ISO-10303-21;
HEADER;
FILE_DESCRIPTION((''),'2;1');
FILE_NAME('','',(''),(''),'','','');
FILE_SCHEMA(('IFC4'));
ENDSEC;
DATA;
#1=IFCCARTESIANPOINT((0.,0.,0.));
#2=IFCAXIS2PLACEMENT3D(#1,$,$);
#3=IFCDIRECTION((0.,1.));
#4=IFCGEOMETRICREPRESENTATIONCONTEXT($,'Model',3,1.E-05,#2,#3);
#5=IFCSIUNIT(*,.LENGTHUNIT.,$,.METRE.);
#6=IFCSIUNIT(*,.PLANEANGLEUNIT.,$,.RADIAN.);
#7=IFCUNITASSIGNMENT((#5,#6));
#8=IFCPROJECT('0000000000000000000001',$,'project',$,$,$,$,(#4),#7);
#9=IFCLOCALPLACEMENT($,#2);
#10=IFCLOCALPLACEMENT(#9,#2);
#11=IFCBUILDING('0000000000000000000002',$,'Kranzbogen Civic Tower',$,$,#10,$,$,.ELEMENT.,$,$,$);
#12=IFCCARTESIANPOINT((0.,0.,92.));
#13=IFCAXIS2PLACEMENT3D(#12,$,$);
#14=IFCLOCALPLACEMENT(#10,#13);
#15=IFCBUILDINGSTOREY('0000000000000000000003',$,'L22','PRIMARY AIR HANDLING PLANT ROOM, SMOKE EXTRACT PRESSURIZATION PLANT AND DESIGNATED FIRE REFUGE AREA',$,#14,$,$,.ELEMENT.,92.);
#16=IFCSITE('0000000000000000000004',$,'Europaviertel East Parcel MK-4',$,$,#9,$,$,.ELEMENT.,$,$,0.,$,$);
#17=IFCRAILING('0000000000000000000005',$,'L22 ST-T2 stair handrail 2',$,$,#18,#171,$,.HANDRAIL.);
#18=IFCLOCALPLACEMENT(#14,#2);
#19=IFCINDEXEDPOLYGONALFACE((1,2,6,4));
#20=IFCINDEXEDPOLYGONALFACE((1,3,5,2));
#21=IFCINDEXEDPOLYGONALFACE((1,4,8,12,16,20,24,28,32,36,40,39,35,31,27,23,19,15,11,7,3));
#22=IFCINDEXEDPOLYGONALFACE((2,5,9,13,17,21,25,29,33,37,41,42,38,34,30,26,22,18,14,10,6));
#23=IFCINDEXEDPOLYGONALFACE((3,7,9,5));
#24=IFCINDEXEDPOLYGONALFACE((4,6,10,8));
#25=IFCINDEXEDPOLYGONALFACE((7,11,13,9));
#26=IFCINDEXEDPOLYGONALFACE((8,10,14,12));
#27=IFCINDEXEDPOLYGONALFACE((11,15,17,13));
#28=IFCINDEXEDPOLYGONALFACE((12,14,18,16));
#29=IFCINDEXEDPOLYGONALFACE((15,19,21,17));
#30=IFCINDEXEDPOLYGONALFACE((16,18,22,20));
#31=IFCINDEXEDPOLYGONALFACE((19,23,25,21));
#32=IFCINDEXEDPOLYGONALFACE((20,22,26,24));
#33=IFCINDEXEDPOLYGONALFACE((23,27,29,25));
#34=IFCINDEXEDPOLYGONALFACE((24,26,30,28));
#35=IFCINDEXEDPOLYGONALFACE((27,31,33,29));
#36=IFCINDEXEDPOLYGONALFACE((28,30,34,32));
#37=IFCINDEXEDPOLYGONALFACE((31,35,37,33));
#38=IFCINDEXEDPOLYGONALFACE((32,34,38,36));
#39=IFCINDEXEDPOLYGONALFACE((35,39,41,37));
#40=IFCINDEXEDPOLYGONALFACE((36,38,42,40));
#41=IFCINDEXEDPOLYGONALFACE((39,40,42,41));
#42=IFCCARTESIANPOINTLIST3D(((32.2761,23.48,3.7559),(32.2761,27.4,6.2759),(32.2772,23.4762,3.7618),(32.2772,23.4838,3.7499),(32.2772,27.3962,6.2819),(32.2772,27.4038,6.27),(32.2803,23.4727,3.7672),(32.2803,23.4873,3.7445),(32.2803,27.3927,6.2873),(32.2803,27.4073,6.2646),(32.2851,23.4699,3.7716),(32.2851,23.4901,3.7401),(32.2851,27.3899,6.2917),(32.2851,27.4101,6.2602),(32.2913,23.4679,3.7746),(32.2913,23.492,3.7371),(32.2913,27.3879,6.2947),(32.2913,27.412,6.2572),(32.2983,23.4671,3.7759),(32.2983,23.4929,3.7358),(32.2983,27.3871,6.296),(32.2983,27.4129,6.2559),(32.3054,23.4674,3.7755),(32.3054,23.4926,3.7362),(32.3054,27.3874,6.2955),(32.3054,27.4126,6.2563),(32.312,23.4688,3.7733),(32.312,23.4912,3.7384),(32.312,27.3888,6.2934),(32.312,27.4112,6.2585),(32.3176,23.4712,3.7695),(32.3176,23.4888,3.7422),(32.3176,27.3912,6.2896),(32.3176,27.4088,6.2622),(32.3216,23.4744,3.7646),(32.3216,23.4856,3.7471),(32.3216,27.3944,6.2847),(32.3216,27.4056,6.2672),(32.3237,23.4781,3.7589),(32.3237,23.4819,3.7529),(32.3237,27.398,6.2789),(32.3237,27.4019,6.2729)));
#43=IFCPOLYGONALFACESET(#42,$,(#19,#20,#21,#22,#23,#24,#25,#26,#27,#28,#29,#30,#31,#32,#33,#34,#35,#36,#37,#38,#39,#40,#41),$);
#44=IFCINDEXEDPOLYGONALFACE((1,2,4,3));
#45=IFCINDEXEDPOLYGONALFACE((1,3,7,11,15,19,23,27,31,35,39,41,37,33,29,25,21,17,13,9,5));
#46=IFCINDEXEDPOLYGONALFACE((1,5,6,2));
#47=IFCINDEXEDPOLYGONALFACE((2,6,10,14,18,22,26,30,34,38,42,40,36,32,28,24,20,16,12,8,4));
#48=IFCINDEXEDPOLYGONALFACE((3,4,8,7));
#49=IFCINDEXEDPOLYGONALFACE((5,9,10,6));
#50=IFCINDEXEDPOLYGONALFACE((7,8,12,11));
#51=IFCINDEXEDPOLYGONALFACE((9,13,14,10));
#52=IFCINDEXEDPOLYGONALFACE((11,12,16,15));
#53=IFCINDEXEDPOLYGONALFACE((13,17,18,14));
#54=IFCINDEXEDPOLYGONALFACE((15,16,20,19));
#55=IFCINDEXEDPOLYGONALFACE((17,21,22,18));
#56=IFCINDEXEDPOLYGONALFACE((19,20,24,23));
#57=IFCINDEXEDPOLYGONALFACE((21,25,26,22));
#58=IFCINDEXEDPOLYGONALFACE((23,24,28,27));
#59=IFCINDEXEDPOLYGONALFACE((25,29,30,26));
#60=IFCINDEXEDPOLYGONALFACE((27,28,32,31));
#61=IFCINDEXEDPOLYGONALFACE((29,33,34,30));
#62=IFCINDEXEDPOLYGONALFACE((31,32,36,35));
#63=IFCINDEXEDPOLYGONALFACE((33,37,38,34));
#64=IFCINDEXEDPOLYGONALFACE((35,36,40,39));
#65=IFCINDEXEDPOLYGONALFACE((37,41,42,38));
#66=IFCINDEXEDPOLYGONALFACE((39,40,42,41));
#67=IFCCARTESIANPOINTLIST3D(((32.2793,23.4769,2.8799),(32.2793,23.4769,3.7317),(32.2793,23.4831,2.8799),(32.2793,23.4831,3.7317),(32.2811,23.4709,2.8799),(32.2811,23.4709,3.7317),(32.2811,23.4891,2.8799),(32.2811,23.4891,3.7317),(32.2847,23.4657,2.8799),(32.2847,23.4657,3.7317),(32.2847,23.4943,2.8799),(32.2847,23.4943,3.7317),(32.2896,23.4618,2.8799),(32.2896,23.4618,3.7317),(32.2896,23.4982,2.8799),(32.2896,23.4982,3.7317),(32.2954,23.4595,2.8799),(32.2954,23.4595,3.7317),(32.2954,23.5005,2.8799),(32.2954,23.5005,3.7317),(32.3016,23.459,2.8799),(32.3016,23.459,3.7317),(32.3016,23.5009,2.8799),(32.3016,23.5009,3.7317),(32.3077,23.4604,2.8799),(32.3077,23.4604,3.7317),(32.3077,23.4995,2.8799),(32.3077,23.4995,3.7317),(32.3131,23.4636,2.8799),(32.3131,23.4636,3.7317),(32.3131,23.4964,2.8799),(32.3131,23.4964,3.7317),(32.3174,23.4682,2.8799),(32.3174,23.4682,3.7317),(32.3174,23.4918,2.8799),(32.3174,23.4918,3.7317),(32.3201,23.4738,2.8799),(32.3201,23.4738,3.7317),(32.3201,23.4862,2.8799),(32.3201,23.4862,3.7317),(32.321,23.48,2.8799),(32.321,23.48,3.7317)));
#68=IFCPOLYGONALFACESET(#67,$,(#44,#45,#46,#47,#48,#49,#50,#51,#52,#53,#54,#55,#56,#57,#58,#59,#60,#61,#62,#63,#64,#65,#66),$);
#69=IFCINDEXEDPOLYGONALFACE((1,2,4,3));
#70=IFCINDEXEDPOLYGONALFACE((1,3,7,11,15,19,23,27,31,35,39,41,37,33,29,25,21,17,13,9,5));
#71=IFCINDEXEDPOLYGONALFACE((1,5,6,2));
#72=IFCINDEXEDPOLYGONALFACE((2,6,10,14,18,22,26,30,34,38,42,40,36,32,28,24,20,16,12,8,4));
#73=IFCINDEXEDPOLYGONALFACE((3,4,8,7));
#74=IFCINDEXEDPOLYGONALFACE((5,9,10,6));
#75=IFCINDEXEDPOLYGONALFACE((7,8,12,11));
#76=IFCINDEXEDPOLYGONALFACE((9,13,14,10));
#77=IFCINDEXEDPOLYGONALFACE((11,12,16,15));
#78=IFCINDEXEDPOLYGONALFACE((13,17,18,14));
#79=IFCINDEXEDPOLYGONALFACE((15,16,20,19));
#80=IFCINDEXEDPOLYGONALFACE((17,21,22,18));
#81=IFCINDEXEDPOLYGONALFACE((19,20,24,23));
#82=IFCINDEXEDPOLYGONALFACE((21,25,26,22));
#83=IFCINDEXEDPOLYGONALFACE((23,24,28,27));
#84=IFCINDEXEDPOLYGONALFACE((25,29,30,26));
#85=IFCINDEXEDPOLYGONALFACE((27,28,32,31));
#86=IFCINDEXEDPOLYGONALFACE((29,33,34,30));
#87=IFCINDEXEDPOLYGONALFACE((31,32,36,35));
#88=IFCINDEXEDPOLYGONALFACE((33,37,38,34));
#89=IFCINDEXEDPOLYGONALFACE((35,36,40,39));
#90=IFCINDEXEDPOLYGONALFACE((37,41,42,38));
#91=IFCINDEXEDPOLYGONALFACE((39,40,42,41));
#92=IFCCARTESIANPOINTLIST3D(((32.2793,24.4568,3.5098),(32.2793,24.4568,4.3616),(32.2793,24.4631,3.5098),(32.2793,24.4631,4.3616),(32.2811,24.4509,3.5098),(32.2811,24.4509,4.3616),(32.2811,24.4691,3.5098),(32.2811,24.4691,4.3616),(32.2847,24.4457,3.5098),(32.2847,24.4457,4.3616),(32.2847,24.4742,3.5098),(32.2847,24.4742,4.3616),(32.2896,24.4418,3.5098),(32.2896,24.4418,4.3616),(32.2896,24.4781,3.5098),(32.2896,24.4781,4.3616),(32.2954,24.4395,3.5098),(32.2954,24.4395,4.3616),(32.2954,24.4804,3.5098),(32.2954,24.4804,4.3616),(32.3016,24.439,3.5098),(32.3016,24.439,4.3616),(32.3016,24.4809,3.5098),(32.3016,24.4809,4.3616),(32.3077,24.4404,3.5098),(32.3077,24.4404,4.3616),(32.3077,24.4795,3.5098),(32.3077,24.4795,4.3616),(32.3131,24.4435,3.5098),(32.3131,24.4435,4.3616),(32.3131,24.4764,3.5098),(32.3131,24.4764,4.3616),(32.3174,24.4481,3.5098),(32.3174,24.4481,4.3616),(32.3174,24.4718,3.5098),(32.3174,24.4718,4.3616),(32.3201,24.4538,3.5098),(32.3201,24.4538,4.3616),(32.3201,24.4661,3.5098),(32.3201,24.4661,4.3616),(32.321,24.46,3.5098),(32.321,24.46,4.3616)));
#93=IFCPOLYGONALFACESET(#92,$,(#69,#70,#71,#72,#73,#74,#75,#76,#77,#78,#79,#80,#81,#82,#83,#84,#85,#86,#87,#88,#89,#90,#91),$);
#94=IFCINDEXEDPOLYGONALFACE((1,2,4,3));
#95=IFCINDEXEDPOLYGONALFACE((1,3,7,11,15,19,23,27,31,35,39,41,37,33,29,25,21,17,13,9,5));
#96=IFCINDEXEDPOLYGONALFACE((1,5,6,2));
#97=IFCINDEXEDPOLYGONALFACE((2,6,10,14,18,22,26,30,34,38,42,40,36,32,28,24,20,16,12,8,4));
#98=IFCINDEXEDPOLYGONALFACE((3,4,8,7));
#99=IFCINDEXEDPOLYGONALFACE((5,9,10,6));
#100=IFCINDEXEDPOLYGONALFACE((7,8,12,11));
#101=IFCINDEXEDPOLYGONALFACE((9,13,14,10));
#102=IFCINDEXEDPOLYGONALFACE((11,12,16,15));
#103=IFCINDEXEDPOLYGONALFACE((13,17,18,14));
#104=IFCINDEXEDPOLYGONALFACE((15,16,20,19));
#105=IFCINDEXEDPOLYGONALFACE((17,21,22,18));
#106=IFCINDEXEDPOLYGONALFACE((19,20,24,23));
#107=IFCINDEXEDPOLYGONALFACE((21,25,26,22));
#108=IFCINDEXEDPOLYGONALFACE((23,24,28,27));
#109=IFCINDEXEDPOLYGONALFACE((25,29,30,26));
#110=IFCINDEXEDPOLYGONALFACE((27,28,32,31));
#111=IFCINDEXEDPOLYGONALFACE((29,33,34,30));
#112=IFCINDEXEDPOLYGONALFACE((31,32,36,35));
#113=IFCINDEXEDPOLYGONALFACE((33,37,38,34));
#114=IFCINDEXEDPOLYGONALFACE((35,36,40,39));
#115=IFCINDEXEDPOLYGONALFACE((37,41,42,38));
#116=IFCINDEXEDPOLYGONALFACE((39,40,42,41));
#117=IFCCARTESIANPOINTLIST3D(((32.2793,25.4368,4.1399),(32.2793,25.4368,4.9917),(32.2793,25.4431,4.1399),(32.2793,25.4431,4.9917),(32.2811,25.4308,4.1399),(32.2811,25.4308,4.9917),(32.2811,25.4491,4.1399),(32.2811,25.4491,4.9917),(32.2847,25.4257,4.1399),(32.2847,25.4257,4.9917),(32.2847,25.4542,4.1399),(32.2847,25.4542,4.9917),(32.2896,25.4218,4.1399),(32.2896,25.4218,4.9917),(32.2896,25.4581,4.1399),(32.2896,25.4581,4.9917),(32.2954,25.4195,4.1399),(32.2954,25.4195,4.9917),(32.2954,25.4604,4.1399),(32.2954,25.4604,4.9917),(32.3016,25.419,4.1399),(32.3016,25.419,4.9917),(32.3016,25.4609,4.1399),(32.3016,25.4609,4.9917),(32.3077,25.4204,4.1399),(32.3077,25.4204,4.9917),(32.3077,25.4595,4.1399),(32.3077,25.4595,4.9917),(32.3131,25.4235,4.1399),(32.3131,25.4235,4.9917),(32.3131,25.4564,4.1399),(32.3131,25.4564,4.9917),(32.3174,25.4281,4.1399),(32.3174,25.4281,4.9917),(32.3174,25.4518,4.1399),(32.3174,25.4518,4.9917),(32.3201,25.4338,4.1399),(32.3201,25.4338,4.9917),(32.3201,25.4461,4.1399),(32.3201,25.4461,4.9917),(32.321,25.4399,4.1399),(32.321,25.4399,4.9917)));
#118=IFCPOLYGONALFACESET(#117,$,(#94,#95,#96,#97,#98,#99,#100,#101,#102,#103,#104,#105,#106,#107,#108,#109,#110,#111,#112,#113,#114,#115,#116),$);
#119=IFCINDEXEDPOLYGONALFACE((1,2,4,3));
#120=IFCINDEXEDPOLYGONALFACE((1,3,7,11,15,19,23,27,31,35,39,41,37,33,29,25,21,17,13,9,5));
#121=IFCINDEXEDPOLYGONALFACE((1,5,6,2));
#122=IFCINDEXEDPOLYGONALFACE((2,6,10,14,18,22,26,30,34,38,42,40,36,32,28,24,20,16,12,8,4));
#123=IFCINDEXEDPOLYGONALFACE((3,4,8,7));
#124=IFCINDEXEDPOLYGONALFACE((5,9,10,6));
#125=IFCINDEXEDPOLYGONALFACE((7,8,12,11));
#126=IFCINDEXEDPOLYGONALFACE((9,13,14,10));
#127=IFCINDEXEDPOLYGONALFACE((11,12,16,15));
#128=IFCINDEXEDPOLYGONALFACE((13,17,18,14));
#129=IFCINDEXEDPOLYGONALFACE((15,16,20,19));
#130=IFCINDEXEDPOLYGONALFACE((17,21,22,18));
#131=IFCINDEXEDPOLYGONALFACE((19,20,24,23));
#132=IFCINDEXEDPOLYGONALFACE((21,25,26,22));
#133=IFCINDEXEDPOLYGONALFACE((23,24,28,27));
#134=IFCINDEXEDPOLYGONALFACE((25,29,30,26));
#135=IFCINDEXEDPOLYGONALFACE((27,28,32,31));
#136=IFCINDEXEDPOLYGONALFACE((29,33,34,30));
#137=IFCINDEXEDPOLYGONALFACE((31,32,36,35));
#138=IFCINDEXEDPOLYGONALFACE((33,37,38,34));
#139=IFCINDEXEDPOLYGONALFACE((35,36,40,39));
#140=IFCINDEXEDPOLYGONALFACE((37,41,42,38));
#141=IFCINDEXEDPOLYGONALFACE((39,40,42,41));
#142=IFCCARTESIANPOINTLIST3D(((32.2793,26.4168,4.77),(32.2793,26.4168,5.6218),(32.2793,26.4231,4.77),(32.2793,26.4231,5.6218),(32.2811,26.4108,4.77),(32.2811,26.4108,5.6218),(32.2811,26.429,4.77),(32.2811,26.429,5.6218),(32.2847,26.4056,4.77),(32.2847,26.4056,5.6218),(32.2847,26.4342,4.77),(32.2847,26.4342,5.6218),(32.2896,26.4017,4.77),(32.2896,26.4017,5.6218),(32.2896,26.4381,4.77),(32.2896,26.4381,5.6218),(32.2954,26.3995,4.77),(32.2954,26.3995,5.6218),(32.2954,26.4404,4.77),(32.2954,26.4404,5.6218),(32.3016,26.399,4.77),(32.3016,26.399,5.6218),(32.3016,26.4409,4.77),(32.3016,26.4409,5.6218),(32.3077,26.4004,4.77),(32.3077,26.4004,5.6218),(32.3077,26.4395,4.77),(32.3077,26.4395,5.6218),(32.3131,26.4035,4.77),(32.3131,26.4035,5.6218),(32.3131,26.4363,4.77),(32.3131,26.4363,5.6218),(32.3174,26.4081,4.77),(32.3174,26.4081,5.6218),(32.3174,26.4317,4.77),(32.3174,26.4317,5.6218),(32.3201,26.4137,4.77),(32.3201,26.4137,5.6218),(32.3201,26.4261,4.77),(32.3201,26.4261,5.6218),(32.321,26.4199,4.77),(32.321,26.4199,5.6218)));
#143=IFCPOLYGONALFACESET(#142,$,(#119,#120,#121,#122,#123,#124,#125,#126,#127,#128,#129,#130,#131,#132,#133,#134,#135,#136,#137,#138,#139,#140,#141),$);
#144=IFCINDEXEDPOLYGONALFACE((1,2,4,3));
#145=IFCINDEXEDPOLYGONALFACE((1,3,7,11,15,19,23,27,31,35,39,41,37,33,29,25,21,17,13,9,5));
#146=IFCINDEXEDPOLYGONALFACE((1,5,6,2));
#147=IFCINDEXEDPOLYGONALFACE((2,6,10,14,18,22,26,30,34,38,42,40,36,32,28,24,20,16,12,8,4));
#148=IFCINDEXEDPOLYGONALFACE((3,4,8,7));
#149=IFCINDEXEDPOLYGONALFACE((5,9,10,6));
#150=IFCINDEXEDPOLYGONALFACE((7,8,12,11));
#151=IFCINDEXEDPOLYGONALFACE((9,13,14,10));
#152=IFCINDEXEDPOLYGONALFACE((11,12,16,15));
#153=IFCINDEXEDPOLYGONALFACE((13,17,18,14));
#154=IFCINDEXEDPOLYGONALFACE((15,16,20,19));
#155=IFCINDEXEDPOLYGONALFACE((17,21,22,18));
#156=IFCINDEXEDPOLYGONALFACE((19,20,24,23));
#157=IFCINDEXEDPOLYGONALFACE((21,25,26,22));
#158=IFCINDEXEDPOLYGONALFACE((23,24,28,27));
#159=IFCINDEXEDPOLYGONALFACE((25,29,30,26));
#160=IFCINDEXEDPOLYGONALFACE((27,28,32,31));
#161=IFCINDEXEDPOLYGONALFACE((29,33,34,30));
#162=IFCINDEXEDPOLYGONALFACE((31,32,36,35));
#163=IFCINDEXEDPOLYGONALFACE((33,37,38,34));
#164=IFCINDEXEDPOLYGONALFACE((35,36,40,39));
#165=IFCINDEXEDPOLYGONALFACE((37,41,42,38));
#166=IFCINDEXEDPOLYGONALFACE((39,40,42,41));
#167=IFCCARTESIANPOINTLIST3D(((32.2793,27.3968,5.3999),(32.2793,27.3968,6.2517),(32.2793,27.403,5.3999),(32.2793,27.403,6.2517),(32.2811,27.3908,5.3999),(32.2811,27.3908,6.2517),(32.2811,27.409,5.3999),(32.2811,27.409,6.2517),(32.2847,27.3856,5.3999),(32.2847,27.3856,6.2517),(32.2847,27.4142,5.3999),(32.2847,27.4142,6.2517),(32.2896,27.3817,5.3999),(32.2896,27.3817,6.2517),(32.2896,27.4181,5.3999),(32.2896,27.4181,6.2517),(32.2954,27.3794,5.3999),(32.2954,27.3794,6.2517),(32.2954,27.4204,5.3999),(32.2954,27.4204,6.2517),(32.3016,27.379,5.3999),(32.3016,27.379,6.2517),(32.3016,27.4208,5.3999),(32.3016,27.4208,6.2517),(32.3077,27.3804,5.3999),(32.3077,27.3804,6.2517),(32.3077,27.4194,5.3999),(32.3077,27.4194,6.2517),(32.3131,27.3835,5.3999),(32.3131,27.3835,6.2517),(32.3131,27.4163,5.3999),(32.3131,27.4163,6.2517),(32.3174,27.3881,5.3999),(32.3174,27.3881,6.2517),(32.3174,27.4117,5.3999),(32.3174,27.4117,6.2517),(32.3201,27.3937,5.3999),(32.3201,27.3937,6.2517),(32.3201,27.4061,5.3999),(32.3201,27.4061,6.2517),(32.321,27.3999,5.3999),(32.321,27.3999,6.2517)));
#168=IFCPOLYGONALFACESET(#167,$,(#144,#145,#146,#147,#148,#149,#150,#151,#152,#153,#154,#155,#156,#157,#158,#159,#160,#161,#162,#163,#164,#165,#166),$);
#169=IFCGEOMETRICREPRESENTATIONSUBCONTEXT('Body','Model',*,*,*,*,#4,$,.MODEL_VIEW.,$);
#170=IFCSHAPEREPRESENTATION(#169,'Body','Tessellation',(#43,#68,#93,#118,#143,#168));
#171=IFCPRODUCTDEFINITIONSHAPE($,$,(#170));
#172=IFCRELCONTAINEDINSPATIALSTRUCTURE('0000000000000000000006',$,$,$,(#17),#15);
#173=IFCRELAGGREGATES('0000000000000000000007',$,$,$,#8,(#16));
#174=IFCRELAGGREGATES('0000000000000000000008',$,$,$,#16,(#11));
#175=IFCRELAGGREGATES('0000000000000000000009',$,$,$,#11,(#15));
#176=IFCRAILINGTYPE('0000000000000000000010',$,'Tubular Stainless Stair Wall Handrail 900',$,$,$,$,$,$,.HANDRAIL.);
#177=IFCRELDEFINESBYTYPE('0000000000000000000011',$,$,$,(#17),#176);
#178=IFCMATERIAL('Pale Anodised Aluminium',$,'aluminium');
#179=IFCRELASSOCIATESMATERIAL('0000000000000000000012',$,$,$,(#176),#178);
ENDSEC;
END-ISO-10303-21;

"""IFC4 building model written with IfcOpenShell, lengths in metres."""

from ifc_helpers import new_model, si_unit, direction, frame, origin, origin_2d, place, context, subcontext, project, spatial, circle, extrude, material, type_object, element, save


model = new_model("IFC4")

# Units and contexts
model_context = context("Model", 3, precision=1e-05, world=origin(), true_north=direction((0.0, 1.0)))
body_context = subcontext(model_context, "Body", "Model", "MODEL_VIEW")
ifc_project = project(units=[si_unit("LENGTHUNIT", "METRE"), si_unit("PLANEANGLEUNIT", "RADIAN")], contexts=[model_context])

# Site, building, storey
site_placement = place(None, origin())
site = spatial("IfcSite", under=ifc_project, at=site_placement, Name="Europaviertel East Parcel MK-4", CompositionType="ELEMENT", RefElevation=0.0)
building_placement = place(site_placement, origin())
building = spatial("IfcBuilding", under=site, at=building_placement, Name="Kranzbogen Civic Tower", CompositionType="ELEMENT")
storey_placement = place(building_placement, frame((0.0, 0.0, 92.0)))
storey = spatial("IfcBuildingStorey", under=building, at=storey_placement, Name="L22", Description="PRIMARY AIR HANDLING PLANT ROOM, SMOKE EXTRACT PRESSURIZATION PLANT AND DESIGNATED FIRE REFUGE AREA", CompositionType="ELEMENT", Elevation=92.0)

# Railing
ifc_material_1 = material(Name="Pale Anodised Aluminium", Category="aluminium")
railing_type_1 = type_object("IfcRailingType", Name="Tubular Stainless Stair Wall Handrail 900", PredefinedType="HANDRAIL", material=ifc_material_1)
railing_1_placement = place(storey_placement, frame((32.3, 23.48, 2.8799)))
element("IfcRailing", 1, at=railing_1_placement, inside=storey, type_object=railing_type_1, Name="L22 ST-T2 stair handrail 2", PredefinedType="HANDRAIL", context=body_context, shape_type="SweptSolid", body=[
    extrude(circle(Radius=0.0239, at=origin_2d()), frame((0.0, 0.0, 0.876), z_axis=(0.0, 0.841172, 0.540768), x_axis=(-1.0, 0.0, 0.0)), (0.0, 0.0, 1.0), 4.6602),
    extrude(circle(Radius=0.021, at=origin_2d()), origin(), (0.0, 0.0, 1.0), 0.8518),
    extrude(circle(Radius=0.021, at=origin_2d()), frame((0.0, 0.98, 0.6299)), (0.0, 0.0, 1.0), 0.8518),
    extrude(circle(Radius=0.021, at=origin_2d()), frame((0.0, 1.96, 1.26)), (0.0, 0.0, 1.0), 0.8518),
    extrude(circle(Radius=0.021, at=origin_2d()), frame((0.0, 2.9399, 1.8901)), (0.0, 0.0, 1.0), 0.8518),
    extrude(circle(Radius=0.021, at=origin_2d()), frame((0.0, 3.9199, 2.52)), (0.0, 0.0, 1.0), 0.8518),
])

save(model, "model.ifc")
